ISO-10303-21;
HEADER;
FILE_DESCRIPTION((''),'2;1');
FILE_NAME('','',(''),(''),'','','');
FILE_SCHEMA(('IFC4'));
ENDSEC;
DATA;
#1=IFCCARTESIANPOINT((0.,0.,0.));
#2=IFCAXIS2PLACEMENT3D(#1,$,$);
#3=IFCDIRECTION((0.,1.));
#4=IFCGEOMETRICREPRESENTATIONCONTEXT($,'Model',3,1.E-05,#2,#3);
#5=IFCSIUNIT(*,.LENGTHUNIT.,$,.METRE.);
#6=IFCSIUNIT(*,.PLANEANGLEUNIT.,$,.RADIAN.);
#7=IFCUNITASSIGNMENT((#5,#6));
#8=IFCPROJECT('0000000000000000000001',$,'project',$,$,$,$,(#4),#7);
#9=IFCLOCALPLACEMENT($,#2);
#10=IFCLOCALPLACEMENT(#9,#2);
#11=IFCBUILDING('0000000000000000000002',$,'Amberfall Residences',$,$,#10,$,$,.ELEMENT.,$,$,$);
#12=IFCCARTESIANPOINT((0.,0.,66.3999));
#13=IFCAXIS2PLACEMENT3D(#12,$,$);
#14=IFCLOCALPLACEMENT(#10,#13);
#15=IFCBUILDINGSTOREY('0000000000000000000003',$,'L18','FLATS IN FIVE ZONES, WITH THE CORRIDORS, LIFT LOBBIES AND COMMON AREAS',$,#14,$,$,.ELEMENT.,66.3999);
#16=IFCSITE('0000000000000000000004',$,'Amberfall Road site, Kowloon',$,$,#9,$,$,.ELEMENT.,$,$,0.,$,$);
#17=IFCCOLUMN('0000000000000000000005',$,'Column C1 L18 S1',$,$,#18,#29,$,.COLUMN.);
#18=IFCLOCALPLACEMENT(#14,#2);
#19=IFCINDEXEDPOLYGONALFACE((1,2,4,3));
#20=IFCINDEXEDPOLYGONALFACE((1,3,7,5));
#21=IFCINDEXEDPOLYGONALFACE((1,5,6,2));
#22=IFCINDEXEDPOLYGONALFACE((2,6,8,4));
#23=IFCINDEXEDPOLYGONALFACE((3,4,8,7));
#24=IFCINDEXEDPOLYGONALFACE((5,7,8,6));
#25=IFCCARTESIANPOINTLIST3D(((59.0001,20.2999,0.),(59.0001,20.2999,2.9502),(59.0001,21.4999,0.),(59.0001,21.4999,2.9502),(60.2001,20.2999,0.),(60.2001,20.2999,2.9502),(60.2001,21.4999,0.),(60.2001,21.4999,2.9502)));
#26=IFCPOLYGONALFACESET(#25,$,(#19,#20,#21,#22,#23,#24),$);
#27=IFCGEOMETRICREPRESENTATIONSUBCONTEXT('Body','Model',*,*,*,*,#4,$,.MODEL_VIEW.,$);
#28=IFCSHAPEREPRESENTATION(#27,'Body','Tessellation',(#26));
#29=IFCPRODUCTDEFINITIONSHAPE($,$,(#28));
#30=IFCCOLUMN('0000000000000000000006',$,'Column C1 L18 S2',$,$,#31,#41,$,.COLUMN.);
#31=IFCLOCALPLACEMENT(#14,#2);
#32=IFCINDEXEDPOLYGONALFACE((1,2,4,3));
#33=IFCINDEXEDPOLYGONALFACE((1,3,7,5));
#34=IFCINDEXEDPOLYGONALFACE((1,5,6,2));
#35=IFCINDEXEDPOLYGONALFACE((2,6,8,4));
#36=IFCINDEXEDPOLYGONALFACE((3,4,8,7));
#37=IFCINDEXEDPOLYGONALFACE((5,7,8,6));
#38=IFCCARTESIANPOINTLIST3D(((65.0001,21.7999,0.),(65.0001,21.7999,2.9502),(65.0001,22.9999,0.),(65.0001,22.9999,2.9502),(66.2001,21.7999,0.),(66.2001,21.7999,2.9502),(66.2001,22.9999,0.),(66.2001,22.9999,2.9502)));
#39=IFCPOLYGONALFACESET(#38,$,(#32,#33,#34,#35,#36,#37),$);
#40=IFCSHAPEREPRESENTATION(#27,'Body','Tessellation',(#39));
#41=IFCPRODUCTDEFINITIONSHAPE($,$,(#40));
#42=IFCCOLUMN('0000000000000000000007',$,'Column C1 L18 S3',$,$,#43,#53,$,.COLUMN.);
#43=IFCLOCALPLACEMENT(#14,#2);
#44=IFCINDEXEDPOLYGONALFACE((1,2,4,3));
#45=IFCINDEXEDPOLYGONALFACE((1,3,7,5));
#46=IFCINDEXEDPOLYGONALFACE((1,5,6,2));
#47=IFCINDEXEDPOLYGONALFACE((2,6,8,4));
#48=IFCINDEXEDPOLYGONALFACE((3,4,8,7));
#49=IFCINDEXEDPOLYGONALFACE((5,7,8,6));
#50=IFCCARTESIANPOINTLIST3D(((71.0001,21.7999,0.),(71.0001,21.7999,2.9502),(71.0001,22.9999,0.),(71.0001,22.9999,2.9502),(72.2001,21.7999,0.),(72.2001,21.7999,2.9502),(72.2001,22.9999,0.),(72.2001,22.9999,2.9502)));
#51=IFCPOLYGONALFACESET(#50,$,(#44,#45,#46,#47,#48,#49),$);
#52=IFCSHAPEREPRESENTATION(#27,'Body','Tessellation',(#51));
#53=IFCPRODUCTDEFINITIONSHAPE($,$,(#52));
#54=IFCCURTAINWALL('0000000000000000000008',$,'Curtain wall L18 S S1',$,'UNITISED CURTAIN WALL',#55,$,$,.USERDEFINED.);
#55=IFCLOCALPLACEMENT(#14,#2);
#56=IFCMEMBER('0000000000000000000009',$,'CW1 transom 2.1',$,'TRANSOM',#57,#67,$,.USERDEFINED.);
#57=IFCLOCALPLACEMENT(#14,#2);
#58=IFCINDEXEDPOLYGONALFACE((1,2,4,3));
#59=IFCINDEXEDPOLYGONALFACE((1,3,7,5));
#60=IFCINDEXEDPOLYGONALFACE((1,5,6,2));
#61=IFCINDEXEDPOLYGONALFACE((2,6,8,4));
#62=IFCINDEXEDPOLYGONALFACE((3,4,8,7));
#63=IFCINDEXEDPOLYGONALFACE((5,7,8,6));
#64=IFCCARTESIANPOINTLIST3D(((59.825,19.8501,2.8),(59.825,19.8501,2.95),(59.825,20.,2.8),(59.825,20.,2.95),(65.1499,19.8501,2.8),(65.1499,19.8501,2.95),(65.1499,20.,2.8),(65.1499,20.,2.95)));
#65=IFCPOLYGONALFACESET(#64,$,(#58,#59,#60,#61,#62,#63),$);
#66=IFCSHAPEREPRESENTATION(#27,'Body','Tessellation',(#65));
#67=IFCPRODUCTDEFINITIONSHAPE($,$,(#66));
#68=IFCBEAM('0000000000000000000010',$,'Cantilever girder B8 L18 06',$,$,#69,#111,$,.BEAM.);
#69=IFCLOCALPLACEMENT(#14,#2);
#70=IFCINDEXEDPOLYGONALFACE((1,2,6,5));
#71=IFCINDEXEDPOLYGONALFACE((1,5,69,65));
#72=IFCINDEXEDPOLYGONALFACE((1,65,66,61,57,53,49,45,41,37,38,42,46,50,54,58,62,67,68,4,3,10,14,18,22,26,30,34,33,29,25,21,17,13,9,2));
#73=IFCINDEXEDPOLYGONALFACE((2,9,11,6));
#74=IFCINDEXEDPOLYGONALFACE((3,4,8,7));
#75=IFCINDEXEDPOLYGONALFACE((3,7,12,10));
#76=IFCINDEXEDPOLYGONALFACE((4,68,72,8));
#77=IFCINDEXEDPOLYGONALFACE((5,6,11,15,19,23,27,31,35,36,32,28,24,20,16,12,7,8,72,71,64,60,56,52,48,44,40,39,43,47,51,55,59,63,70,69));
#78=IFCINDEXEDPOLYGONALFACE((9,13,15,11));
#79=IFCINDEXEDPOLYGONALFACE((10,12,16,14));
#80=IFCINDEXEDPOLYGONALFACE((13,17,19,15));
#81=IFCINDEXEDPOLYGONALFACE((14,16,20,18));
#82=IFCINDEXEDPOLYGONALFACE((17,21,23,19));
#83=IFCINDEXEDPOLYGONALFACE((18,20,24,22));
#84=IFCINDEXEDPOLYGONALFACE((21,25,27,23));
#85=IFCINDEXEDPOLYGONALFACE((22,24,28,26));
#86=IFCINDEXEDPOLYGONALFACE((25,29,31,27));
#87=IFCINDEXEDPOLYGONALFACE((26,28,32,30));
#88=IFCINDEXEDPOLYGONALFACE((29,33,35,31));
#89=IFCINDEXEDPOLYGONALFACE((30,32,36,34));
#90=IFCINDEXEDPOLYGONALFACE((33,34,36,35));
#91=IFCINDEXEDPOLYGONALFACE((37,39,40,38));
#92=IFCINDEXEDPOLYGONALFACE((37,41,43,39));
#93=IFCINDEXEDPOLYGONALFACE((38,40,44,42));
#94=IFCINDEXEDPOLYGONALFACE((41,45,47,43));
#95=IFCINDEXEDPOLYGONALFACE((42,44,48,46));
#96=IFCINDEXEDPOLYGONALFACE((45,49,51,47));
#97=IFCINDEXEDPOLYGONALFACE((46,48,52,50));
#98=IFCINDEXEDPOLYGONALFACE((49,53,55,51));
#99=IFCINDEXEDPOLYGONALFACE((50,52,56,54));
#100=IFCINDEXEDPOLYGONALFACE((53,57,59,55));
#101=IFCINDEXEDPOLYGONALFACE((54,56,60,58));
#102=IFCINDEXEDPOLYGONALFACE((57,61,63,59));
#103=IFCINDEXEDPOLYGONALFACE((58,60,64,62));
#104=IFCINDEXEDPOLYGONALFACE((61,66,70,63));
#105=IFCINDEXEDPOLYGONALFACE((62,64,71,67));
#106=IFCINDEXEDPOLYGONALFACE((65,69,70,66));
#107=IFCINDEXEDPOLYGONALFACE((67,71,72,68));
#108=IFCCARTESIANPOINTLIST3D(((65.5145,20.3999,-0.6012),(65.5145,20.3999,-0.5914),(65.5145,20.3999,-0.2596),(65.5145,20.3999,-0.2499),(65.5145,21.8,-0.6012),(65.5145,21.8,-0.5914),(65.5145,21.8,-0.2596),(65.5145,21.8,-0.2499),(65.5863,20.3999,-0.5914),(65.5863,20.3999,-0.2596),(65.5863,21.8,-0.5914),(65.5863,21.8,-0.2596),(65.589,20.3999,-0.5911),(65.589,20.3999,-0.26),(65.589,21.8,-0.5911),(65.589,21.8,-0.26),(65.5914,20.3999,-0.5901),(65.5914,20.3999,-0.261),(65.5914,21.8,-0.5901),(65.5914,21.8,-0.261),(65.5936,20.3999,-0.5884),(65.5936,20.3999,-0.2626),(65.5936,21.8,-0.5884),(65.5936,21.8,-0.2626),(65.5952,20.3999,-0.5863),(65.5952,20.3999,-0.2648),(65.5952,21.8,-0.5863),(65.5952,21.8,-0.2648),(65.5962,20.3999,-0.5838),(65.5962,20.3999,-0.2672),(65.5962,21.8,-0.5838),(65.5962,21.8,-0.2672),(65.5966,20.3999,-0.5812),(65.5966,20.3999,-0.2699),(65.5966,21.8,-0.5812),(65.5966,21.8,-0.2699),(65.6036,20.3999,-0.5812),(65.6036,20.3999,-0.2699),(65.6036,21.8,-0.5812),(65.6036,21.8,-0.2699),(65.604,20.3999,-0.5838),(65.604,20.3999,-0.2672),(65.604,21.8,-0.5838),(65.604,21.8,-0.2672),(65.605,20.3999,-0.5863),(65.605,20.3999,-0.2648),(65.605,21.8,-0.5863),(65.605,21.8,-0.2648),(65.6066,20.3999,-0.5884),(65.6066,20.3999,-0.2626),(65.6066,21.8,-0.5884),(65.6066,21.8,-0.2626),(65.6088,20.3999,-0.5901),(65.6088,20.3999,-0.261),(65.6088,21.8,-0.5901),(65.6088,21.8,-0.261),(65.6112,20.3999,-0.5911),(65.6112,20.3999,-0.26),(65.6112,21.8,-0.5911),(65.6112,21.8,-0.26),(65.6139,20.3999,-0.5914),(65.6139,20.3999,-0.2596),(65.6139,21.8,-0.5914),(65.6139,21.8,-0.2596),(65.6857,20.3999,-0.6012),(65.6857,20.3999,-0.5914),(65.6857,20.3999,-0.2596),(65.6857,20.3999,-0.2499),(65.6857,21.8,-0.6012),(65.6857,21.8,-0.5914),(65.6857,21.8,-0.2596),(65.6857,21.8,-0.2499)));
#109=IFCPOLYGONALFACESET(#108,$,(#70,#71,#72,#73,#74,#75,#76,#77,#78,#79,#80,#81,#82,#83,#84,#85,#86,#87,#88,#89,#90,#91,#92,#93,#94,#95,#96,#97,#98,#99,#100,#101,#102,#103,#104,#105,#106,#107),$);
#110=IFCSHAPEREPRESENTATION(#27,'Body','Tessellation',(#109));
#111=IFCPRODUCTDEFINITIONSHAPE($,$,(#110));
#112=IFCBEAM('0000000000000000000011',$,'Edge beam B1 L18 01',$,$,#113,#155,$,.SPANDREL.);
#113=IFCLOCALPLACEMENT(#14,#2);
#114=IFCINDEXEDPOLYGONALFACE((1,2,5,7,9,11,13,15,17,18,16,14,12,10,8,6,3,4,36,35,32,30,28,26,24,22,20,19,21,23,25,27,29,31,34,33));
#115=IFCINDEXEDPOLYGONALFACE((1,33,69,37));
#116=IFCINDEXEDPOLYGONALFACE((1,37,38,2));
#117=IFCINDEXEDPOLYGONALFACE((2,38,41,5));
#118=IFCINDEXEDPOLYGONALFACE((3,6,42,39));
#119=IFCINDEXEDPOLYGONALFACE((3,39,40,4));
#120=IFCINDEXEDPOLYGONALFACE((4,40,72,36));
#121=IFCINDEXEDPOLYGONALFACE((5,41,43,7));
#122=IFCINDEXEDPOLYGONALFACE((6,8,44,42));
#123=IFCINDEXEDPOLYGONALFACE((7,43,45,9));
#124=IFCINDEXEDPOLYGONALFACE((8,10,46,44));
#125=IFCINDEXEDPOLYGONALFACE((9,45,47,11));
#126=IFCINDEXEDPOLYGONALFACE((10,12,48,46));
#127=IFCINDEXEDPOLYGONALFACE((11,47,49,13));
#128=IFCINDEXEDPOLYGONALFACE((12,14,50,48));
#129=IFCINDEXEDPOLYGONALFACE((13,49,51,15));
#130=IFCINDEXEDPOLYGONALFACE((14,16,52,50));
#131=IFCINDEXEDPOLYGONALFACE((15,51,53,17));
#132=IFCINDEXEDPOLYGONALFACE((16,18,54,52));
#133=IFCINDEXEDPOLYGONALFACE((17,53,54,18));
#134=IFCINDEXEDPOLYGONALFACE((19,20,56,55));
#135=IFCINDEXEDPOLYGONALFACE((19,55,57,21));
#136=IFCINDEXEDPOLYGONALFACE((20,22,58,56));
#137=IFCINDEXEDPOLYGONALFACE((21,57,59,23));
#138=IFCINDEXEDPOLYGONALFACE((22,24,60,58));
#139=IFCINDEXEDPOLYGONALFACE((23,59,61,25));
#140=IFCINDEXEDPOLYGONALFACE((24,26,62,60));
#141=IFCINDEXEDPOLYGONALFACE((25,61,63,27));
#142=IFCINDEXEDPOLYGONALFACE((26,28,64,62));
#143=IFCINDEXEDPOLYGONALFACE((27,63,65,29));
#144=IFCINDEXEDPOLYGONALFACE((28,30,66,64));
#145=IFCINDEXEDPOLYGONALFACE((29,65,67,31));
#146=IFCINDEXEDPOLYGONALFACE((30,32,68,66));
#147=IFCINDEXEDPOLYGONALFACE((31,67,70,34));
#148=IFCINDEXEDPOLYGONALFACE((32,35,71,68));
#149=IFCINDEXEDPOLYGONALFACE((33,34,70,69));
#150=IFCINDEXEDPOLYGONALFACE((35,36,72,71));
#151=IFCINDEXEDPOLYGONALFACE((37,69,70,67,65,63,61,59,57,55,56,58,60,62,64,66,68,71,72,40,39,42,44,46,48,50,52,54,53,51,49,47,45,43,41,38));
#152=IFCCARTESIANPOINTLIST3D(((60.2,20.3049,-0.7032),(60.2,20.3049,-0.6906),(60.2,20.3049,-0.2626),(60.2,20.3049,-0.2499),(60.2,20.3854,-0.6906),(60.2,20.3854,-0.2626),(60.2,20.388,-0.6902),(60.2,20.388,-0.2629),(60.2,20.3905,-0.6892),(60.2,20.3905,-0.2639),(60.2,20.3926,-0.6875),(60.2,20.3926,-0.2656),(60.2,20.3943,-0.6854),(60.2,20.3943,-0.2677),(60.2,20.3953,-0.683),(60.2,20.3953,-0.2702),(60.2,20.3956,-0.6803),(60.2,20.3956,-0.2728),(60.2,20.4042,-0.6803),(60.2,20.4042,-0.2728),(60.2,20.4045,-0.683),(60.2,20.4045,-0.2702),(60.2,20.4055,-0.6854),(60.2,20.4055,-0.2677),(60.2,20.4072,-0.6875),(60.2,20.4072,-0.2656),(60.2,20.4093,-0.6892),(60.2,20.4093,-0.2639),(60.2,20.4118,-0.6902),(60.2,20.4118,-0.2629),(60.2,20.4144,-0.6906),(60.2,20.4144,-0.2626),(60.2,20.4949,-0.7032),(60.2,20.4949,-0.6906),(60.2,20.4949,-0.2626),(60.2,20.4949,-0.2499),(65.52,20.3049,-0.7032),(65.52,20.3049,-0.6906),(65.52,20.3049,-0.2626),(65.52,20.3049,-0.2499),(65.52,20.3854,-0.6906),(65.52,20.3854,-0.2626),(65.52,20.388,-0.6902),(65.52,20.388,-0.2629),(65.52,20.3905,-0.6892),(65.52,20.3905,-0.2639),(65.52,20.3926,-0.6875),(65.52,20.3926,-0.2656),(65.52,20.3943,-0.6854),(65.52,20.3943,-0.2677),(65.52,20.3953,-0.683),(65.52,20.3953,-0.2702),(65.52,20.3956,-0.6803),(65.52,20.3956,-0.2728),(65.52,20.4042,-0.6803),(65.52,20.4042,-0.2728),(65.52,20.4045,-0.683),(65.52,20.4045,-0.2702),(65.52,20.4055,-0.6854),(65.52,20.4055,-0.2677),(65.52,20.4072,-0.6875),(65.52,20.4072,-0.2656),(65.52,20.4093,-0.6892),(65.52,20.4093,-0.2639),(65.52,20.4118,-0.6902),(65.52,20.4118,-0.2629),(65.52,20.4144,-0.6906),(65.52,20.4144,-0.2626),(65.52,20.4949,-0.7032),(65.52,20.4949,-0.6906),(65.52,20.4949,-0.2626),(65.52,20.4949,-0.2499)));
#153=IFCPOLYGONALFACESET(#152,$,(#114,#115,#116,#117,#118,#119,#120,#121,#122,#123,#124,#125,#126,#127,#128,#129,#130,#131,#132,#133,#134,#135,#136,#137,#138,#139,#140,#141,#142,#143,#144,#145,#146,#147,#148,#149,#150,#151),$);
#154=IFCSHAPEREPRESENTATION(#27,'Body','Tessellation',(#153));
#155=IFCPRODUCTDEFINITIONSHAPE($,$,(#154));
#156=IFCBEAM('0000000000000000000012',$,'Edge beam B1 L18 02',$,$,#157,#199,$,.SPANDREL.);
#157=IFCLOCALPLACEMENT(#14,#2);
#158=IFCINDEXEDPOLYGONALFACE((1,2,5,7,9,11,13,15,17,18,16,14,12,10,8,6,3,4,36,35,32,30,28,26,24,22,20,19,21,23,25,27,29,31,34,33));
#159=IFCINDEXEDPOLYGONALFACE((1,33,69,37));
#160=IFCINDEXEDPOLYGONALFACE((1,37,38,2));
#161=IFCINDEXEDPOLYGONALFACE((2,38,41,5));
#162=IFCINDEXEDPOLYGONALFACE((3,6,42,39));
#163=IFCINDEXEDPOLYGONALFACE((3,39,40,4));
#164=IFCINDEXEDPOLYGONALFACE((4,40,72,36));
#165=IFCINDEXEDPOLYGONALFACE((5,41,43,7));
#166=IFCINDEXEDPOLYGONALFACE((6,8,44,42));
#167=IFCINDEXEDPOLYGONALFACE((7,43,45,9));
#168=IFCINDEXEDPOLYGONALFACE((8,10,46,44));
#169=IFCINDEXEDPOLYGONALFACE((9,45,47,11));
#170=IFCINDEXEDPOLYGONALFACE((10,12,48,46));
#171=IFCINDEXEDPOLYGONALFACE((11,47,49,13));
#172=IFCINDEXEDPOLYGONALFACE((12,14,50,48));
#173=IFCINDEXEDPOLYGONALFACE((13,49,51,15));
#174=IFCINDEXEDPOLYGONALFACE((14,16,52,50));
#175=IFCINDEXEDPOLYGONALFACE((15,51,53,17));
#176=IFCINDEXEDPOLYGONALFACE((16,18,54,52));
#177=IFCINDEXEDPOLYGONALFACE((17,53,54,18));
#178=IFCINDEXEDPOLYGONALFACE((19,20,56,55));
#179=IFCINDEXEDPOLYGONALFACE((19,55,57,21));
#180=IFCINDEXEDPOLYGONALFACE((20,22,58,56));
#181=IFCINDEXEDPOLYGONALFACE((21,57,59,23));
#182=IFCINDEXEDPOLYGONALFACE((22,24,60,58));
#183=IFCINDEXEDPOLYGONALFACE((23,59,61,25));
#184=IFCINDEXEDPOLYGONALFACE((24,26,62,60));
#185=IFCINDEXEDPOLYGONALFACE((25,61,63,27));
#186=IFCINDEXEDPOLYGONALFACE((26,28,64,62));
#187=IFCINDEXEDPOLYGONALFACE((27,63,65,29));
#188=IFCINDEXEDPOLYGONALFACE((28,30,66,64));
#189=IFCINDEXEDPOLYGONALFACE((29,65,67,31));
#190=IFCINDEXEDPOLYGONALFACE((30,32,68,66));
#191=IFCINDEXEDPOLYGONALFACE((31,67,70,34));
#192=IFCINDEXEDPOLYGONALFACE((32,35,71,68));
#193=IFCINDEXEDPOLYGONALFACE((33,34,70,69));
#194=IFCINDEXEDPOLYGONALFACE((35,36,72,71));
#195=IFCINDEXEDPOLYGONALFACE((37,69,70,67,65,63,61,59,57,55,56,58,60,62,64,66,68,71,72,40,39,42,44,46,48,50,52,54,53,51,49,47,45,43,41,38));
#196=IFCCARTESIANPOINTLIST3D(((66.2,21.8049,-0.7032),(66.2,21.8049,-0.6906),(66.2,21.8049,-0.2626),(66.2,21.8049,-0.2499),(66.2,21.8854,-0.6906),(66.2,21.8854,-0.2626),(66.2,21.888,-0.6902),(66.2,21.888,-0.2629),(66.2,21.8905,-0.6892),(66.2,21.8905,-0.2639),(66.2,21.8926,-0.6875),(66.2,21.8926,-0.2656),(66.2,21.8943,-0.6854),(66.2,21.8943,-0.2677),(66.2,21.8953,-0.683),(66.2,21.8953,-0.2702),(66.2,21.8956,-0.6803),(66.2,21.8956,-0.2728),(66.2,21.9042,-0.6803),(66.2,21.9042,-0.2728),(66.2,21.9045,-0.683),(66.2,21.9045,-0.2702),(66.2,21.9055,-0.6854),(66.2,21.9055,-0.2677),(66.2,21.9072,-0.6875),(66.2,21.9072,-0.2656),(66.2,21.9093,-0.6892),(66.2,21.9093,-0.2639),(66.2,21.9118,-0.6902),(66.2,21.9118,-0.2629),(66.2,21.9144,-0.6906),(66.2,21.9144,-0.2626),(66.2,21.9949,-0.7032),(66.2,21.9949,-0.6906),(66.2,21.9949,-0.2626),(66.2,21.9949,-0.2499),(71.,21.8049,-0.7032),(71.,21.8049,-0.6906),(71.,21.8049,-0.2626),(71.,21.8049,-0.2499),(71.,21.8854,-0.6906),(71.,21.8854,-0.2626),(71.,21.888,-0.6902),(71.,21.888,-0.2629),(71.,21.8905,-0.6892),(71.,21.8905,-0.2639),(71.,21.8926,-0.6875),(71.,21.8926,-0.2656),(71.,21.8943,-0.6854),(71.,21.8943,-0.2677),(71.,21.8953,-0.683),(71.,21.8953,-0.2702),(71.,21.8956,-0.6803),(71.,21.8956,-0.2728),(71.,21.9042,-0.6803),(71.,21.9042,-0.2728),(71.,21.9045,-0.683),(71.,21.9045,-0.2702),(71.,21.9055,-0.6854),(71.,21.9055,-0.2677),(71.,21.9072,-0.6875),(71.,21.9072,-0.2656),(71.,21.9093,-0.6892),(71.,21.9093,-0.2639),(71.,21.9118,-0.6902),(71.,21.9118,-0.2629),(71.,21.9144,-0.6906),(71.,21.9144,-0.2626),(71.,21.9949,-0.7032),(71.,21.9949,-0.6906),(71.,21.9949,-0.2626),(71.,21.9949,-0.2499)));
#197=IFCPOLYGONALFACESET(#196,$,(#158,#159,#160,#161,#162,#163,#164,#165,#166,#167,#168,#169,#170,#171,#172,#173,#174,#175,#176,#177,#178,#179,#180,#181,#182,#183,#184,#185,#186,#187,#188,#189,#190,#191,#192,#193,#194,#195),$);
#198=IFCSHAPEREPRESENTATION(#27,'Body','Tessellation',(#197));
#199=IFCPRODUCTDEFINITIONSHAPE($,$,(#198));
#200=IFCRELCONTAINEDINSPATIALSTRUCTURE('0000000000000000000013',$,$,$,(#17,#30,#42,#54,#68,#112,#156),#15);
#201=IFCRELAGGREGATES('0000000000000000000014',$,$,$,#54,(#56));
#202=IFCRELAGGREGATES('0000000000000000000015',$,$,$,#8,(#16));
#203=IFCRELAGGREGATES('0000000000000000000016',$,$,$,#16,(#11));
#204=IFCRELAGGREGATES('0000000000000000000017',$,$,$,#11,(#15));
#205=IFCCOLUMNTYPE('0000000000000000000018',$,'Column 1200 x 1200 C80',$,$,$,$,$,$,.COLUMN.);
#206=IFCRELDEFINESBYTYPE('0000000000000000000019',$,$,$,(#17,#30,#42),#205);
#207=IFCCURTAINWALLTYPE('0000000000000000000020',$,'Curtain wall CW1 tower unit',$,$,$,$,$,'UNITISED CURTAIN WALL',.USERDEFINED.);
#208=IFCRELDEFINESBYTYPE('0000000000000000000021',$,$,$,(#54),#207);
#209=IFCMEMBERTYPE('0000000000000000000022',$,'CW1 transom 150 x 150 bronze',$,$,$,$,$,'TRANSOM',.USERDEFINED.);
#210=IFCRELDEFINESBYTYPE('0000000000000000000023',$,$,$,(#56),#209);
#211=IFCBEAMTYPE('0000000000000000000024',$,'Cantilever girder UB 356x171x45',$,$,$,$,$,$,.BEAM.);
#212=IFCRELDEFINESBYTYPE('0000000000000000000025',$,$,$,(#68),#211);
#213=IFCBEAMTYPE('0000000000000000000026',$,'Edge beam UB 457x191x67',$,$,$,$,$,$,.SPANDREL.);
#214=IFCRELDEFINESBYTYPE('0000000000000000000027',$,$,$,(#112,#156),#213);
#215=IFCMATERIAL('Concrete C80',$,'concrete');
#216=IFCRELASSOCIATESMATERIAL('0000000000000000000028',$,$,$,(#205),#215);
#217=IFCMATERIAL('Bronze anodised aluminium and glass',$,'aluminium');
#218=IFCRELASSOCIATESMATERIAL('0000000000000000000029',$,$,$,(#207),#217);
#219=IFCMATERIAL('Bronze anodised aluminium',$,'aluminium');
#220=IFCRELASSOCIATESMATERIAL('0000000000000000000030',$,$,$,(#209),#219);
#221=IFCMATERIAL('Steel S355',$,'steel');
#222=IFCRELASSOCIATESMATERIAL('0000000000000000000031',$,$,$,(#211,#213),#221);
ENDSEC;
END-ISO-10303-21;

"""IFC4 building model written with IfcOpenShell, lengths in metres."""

from ifc_helpers import new_model, si_unit, direction, frame, origin, origin_2d, place, context, subcontext, project, spatial, rectangle, i_section, extrude, material, material_profile, profile_set, type_object, element, aggregate, save


model = new_model("IFC4")

# Units and contexts
model_context = context("Model", 3, precision=1e-05, world=origin(), true_north=direction((0.0, 1.0)))
body_context = subcontext(model_context, "Body", "Model", "MODEL_VIEW")
ifc_project = project(units=[si_unit("LENGTHUNIT", "METRE"), si_unit("PLANEANGLEUNIT", "RADIAN")], contexts=[model_context])

# Site, building, storey
site_placement = place(None, origin())
site = spatial("IfcSite", under=ifc_project, at=site_placement, Name="Amberfall Road site, Kowloon", CompositionType="ELEMENT", RefElevation=0.0)
building_placement = place(site_placement, origin())
building = spatial("IfcBuilding", under=site, at=building_placement, Name="Amberfall Residences", CompositionType="ELEMENT")
storey_placement = place(building_placement, frame((0.0, 0.0, 66.3999)))
storey = spatial("IfcBuildingStorey", under=building, at=storey_placement, Name="L18", Description="FLATS IN FIVE ZONES, WITH THE CORRIDORS, LIFT LOBBIES AND COMMON AREAS", CompositionType="ELEMENT", Elevation=66.3999)

# Columns
ifc_material_1 = material(Name="Concrete C80", Category="concrete")
ifc_material_profile_1 = material_profile(ifc_material_1, rectangle(XDim=1.2, YDim=1.2, at=origin_2d()), Name="Column 1200 x 1200 C80")
ifc_profile_set_1 = profile_set([ifc_material_profile_1], Name="Concrete C80")
column_type = type_object("IfcColumnType", Name="Column 1200 x 1200 C80", PredefinedType="COLUMN", material=ifc_profile_set_1)
for number, where, z_axis, x_axis, name in (
    (1, (59.6001, 20.8999, 0.0), (0.0, 0.0, 1.0), (1.0, 0.0, 0.0), "Column C1 L18 S1"),
    (2, (65.6001, 22.3999, 0.0), (0.0, 0.0, 1.0), (1.0, 0.0, 0.0), "Column C1 L18 S2"),
    (3, (71.6001, 22.3999, 0.0), (0.0, 0.0, 1.0), (1.0, 0.0, 0.0), "Column C1 L18 S3"),
):
    element("IfcColumn", number, at=place(storey_placement, frame(where, z_axis=z_axis, x_axis=x_axis)), inside=storey, type_object=column_type, Name=name, PredefinedType="COLUMN", context=body_context, shape_type="SweptSolid", body=[
        extrude(rectangle(XDim=1.2, YDim=1.2, at=origin_2d()), origin(), (0.0, 0.0, 1.0), 2.9502),
    ])

# Curtain wall, member
ifc_material_2 = material(Name="Bronze anodised aluminium and glass", Category="aluminium")
curtain_wall_type = type_object("IfcCurtainWallType", Name="Curtain wall CW1 tower unit", ElementType="UNITISED CURTAIN WALL", PredefinedType="USERDEFINED", material=ifc_material_2)
curtain_wall_placement = place(storey_placement, origin())
curtain_wall = element("IfcCurtainWall", 4, at=curtain_wall_placement, inside=storey, type_object=curtain_wall_type, Name="Curtain wall L18 S S1", ObjectType="UNITISED CURTAIN WALL", PredefinedType="USERDEFINED")
ifc_material_3 = material(Name="Bronze anodised aluminium", Category="aluminium")
ifc_material_profile_2 = material_profile(ifc_material_3, rectangle(XDim=0.1499, YDim=0.1499, at=origin_2d()), Name="CW1 transom 150 x 150 bronze")
ifc_profile_set_2 = profile_set([ifc_material_profile_2], Name="Bronze anodised aluminium")
member_type_1 = type_object("IfcMemberType", Name="CW1 transom 150 x 150 bronze", ElementType="TRANSOM", PredefinedType="USERDEFINED", material=ifc_profile_set_2)
member_1_placement = place(storey_placement, frame((59.825, 19.925, 2.875), z_axis=(1.0, 0.0, 0.0), x_axis=(0.0, 1.0, 0.0)))
member_1 = element("IfcMember", 5, at=member_1_placement, type_object=member_type_1, Name="CW1 transom 2.1", ObjectType="TRANSOM", PredefinedType="USERDEFINED", context=body_context, shape_type="SweptSolid", body=[
    extrude(rectangle(XDim=0.1499, YDim=0.1499, at=origin_2d()), origin(), (0.0, 0.0, 1.0), 5.325),
])

# Beams
ifc_material_4 = material(Name="Steel S355", Category="steel")
ifc_material_profile_3 = material_profile(ifc_material_4, i_section(OverallWidth=0.1711, OverallDepth=0.3513, WebThickness=0.0071, FlangeThickness=0.0098, FilletRadius=0.0103, at=origin_2d()), Name="UB 356x171x45")
ifc_profile_set_3 = profile_set([ifc_material_profile_3], Name="Steel S355")
beam_type_1 = type_object("IfcBeamType", Name="Cantilever girder UB 356x171x45", PredefinedType="BEAM", material=ifc_profile_set_3)
beam_1_placement = place(storey_placement, frame((65.6001, 21.8, -0.4255), z_axis=(0.0, -1.0, 0.0), x_axis=(1.0, 0.0, 0.0)))
element("IfcBeam", 6, at=beam_1_placement, inside=storey, type_object=beam_type_1, Name="Cantilever girder B8 L18 06", PredefinedType="BEAM", context=body_context, shape_type="SweptSolid", body=[
    extrude(i_section(OverallWidth=0.1711, OverallDepth=0.3513, WebThickness=0.0071, FlangeThickness=0.0098, FilletRadius=0.0103, at=origin_2d()), origin(), (0.0, 0.0, 1.0), 1.4001),
])
ifc_material_profile_4 = material_profile(ifc_material_4, i_section(OverallWidth=0.1899, OverallDepth=0.4534, WebThickness=0.0085, FlangeThickness=0.0127, FilletRadius=0.0103, at=origin_2d()), Name="UB 457x191x67")
ifc_profile_set_4 = profile_set([ifc_material_profile_4], Name="Steel S355")
beam_type_2 = type_object("IfcBeamType", Name="Edge beam UB 457x191x67", PredefinedType="SPANDREL", material=ifc_profile_set_4)
beam_2_placement = place(storey_placement, frame((60.2, 20.3999, -0.4766), z_axis=(1.0, 0.0, 0.0), x_axis=(0.0, 1.0, 0.0)))
element("IfcBeam", 7, at=beam_2_placement, inside=storey, type_object=beam_type_2, Name="Edge beam B1 L18 01", PredefinedType="SPANDREL", context=body_context, shape_type="SweptSolid", body=[
    extrude(i_section(OverallWidth=0.1899, OverallDepth=0.4534, WebThickness=0.0085, FlangeThickness=0.0127, FilletRadius=0.0103, at=origin_2d()), origin(), (0.0, 0.0, 1.0), 5.3201),
])
beam_3_placement = place(storey_placement, frame((66.2, 21.8999, -0.4766), z_axis=(1.0, 0.0, 0.0), x_axis=(0.0, 1.0, 0.0)))
element("IfcBeam", 8, at=beam_3_placement, inside=storey, type_object=beam_type_2, Name="Edge beam B1 L18 02", PredefinedType="SPANDREL", context=body_context, shape_type="SweptSolid", body=[
    extrude(i_section(OverallWidth=0.1899, OverallDepth=0.4534, WebThickness=0.0085, FlangeThickness=0.0127, FilletRadius=0.0103, at=origin_2d()), origin(), (0.0, 0.0, 1.0), 4.8),
])

aggregate(curtain_wall, [member_1])

save(model, "model.ifc")
